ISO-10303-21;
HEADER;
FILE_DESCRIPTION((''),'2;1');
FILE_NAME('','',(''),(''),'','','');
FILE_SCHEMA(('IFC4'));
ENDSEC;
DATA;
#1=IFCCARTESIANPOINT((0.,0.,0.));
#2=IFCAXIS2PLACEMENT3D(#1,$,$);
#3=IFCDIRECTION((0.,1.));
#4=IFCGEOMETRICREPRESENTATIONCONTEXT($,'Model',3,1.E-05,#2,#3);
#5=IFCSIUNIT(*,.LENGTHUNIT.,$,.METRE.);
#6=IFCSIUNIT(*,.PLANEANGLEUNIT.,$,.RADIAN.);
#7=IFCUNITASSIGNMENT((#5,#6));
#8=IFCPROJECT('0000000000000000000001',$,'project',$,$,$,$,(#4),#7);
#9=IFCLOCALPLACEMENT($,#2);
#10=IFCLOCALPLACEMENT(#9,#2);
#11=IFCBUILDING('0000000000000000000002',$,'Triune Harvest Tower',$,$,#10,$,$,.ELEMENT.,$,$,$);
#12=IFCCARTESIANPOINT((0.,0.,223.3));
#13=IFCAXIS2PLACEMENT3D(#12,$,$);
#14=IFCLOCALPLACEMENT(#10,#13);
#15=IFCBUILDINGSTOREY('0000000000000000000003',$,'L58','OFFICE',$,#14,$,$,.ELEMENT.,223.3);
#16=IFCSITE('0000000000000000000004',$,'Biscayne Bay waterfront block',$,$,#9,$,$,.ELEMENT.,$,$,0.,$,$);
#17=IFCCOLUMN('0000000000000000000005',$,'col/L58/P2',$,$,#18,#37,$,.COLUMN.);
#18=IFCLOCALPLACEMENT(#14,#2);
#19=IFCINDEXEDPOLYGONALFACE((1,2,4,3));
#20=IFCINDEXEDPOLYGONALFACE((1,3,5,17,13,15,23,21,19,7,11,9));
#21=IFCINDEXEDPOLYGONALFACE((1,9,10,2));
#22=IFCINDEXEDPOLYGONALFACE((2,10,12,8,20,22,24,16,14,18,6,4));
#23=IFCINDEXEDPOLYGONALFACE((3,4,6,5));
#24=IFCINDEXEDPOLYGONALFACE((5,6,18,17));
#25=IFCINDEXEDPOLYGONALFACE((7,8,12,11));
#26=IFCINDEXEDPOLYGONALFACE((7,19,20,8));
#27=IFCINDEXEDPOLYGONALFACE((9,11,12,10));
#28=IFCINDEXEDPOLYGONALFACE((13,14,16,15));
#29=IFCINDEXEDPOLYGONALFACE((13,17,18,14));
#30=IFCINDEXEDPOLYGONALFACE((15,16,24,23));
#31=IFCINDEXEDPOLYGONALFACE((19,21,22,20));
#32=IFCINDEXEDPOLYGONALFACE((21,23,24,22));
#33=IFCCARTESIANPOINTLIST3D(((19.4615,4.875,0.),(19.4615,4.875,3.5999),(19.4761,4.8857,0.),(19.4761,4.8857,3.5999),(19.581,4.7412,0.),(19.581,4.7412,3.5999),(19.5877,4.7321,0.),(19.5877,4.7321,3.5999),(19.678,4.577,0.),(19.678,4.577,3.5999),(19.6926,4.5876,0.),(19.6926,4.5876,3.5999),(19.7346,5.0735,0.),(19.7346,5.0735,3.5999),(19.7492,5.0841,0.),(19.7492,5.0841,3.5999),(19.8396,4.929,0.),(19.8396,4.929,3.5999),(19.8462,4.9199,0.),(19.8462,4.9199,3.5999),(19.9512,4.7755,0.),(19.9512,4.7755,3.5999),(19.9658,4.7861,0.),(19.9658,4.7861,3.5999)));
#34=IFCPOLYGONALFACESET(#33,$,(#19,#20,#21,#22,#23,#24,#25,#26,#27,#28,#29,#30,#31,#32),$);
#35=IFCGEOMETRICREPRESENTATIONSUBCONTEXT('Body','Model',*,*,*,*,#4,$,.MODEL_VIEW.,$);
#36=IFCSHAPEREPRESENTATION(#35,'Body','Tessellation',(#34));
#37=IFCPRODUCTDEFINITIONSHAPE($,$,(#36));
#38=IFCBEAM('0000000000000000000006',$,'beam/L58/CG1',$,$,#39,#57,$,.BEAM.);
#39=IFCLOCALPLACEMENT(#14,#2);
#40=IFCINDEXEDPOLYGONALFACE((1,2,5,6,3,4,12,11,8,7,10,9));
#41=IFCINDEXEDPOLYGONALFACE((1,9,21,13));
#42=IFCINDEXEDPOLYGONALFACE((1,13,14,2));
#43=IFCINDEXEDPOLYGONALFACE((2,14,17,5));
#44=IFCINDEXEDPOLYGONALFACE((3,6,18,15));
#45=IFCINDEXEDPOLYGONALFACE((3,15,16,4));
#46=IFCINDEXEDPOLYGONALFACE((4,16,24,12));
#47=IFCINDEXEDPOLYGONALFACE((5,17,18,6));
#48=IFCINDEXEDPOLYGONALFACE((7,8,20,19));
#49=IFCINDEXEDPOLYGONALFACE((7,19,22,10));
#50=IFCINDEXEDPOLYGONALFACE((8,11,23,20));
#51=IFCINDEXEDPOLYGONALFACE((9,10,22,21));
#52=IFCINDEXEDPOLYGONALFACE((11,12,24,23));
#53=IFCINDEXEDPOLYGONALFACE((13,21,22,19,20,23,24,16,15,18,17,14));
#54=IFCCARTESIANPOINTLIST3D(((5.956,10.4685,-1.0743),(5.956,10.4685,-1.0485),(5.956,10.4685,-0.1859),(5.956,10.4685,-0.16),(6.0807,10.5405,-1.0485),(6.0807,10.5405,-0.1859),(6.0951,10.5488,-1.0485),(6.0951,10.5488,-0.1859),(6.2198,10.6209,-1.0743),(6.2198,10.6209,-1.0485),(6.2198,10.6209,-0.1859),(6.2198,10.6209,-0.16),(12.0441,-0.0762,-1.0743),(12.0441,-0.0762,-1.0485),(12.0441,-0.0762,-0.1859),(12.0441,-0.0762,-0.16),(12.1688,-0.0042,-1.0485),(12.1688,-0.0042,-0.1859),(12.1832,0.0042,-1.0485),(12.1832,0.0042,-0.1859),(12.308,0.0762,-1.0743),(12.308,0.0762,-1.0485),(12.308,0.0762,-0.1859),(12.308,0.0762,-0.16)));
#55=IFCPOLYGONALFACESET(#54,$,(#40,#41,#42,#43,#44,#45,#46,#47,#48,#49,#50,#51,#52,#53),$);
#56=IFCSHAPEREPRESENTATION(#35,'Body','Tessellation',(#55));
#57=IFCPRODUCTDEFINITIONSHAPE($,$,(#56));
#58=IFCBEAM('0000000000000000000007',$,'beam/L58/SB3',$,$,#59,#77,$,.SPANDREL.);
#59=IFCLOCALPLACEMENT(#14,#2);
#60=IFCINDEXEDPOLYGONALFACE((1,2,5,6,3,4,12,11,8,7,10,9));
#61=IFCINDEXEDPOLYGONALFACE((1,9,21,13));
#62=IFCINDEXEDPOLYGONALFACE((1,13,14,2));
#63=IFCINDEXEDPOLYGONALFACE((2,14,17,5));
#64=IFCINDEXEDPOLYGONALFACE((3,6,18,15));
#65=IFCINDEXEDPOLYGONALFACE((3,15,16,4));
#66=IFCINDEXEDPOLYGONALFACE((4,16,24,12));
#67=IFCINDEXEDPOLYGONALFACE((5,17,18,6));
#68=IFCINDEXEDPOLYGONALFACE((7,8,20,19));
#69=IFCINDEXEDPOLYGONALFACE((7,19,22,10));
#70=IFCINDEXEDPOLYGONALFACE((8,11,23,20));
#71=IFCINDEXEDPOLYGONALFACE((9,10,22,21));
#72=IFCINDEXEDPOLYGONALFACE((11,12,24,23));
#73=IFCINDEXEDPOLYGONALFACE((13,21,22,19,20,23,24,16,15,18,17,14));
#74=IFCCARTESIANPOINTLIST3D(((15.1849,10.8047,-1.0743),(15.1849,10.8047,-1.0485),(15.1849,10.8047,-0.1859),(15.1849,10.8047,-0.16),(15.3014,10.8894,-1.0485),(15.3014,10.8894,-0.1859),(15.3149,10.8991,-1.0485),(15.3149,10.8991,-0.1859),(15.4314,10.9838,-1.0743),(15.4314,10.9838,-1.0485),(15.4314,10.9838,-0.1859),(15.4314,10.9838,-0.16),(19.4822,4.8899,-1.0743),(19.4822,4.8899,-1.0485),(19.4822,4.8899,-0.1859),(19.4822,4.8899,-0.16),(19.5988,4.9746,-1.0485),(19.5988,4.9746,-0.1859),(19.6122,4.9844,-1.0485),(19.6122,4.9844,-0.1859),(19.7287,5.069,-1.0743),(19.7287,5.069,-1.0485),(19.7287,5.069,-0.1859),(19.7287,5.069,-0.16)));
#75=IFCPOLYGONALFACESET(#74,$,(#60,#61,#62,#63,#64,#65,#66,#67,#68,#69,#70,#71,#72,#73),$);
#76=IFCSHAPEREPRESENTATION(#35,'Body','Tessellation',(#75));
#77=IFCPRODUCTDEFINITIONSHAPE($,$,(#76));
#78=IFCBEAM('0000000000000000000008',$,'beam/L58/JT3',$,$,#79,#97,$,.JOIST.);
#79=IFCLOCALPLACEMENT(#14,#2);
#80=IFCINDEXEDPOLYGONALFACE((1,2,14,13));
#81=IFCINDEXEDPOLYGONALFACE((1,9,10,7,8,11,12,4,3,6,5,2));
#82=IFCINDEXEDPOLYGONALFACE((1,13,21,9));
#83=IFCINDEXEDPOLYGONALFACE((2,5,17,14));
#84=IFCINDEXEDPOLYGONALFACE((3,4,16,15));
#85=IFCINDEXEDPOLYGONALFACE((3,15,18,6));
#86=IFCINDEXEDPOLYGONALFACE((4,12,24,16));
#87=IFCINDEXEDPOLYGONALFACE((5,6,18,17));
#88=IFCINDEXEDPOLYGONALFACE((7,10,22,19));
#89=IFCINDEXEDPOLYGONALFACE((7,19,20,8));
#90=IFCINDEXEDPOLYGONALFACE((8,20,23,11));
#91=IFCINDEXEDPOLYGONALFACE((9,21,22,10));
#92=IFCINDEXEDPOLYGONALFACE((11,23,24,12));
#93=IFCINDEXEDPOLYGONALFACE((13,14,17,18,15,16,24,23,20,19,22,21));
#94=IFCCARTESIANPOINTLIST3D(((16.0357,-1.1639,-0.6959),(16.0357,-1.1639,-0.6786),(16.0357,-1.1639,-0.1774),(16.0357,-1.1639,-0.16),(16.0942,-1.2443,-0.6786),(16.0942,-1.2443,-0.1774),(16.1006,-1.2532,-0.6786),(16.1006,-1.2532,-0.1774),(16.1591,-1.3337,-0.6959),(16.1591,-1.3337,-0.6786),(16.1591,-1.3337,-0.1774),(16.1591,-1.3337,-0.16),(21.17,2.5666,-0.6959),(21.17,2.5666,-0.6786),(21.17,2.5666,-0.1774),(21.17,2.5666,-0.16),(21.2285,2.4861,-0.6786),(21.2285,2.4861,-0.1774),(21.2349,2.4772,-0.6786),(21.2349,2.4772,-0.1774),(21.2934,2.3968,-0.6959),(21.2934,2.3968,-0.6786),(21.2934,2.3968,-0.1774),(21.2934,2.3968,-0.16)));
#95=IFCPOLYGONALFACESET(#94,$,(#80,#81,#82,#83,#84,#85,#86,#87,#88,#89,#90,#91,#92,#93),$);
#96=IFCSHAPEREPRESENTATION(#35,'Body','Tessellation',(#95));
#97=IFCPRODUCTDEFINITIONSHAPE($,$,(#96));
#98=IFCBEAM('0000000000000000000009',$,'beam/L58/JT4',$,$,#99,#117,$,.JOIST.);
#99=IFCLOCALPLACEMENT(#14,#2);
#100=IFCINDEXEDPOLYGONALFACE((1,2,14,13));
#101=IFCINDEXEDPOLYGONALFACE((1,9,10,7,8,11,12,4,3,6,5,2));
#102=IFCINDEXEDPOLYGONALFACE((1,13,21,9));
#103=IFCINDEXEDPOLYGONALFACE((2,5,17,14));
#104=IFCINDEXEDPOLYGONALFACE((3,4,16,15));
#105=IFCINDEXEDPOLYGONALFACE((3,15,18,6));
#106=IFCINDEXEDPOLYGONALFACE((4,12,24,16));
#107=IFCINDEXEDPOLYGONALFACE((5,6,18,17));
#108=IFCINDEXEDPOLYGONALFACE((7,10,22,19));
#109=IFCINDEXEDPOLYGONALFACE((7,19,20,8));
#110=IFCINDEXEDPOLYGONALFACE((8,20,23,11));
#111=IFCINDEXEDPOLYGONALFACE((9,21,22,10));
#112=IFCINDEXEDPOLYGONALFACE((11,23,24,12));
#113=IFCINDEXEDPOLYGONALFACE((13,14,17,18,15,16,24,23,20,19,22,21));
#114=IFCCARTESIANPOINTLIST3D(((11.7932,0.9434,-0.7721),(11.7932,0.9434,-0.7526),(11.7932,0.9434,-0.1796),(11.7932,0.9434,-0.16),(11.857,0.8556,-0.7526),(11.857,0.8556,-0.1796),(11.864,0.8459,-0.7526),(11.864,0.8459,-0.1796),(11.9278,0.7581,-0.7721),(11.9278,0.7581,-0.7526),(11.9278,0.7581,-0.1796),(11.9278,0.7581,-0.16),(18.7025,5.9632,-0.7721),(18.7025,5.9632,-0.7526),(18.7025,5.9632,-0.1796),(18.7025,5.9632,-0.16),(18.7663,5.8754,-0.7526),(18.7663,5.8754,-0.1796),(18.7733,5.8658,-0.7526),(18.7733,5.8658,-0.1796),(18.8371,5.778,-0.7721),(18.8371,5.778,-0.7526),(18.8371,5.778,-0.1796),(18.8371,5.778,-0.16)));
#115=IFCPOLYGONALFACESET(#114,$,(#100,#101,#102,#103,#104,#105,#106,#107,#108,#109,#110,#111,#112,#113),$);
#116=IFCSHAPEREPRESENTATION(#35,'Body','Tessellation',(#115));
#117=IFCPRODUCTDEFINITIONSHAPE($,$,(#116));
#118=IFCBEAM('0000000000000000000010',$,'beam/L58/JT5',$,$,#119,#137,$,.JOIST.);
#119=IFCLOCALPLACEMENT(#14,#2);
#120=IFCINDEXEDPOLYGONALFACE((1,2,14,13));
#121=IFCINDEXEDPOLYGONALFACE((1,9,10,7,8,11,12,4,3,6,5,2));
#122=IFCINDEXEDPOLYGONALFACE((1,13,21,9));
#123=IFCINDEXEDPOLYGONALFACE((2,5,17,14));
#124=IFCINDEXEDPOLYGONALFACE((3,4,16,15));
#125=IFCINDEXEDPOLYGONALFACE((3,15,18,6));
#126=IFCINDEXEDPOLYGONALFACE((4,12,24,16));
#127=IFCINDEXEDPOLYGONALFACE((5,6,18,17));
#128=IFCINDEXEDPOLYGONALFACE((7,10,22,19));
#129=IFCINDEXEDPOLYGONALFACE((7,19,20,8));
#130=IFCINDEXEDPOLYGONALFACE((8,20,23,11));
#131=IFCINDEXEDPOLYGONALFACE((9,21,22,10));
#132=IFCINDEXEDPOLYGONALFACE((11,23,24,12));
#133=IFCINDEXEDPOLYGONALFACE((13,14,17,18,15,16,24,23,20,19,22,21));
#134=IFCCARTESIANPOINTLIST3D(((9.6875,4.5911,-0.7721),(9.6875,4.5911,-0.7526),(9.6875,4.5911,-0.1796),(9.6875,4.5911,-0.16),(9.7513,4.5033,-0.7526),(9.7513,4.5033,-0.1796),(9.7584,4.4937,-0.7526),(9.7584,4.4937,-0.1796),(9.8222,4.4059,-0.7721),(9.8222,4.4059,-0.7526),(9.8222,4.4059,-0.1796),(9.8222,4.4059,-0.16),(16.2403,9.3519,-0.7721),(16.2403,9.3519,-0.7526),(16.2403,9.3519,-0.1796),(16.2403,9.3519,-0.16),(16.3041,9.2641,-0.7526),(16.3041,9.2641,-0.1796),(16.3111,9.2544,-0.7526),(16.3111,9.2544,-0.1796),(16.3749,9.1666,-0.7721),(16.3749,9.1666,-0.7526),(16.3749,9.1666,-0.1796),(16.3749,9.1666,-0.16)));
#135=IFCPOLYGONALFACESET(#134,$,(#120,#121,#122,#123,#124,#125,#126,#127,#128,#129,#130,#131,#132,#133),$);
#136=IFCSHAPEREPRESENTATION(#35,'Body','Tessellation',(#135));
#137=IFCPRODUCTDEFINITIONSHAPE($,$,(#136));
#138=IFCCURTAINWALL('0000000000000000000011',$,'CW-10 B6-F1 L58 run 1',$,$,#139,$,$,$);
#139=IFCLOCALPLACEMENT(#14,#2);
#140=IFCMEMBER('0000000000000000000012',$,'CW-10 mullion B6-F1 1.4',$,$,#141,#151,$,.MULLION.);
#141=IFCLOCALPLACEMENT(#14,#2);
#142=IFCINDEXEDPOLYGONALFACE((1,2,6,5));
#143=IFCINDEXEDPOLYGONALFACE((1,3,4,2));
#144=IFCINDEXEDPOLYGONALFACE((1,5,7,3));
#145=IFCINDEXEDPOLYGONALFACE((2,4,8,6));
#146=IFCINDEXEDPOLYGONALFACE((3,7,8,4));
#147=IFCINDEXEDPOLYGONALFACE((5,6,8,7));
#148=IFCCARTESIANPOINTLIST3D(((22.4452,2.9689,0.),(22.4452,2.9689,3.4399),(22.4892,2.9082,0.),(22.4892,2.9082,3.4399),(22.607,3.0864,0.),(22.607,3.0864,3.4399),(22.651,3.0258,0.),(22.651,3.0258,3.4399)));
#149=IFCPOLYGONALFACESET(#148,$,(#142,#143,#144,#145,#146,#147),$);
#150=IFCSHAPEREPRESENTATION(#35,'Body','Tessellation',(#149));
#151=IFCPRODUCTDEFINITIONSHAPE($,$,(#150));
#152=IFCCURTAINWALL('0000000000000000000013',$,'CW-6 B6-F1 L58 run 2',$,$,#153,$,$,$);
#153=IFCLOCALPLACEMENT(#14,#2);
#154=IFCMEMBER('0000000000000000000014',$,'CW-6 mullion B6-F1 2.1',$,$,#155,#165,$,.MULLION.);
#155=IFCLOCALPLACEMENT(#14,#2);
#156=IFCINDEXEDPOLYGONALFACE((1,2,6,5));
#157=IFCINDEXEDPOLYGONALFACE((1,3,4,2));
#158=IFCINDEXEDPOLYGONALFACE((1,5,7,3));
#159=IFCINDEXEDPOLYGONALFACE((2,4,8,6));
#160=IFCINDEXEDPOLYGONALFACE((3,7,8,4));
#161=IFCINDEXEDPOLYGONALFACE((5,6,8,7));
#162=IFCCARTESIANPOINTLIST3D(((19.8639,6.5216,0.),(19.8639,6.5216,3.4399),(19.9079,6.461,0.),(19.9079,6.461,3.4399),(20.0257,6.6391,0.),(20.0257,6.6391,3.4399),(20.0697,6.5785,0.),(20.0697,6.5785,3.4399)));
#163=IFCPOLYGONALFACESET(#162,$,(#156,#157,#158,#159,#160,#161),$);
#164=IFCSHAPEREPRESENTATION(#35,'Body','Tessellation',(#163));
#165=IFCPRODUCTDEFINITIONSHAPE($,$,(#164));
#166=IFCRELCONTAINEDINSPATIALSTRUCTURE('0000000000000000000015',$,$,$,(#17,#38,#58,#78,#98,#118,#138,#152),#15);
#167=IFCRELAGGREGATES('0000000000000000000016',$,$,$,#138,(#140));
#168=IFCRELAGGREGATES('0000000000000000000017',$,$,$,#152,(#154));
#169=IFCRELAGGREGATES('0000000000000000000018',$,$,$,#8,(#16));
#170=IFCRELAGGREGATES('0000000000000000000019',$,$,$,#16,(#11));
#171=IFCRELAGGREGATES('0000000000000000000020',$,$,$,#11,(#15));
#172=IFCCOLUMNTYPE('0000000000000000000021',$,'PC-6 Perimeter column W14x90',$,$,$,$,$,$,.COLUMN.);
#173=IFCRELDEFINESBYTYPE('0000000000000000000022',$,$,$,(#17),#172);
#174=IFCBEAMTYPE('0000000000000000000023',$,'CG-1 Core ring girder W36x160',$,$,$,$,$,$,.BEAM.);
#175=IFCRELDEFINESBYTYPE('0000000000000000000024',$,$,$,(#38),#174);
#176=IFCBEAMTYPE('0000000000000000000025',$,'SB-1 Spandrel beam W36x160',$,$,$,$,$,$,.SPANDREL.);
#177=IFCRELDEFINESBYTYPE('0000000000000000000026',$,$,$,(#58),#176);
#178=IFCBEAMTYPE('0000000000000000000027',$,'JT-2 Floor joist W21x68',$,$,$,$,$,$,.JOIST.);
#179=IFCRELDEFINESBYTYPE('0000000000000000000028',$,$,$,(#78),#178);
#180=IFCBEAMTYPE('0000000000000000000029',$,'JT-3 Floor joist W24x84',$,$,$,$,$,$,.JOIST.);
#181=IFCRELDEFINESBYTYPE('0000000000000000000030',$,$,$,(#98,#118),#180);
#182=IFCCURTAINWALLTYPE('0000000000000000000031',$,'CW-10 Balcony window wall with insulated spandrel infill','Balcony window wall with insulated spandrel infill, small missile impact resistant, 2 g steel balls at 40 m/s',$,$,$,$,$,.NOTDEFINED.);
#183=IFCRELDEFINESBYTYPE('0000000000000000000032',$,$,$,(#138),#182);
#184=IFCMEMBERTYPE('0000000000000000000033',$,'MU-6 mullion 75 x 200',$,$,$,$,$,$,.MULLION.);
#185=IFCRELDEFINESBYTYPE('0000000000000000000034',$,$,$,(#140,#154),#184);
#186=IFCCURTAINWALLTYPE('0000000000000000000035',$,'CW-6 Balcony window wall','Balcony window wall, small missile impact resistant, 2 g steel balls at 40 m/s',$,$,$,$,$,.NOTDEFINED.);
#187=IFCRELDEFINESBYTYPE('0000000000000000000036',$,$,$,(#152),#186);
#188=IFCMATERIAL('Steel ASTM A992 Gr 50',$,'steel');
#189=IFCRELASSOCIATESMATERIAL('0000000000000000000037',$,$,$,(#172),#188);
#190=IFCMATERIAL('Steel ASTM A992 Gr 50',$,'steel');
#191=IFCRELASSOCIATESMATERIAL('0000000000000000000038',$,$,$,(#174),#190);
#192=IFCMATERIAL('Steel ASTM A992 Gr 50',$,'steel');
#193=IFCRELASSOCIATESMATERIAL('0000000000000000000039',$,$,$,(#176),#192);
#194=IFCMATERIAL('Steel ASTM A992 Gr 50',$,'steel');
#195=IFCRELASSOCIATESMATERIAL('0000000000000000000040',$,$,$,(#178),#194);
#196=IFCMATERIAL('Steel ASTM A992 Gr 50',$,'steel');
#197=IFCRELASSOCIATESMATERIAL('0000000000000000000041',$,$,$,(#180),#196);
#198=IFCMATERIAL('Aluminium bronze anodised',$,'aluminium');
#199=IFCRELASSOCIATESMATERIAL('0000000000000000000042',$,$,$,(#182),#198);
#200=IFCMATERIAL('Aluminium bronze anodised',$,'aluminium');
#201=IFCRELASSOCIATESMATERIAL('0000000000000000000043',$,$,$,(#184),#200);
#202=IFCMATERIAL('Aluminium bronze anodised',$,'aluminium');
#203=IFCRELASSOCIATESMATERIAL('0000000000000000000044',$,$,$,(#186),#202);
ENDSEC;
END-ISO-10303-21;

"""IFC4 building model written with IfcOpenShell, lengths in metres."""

from ifc_helpers import new_model, si_unit, direction, frame, origin, origin_2d, place, context, subcontext, project, spatial, rectangle, i_section, extrude, source, transform, mapped, material, material_profile, profile_set, type_object, element, aggregate, save


model = new_model("IFC4")

# Units and contexts
model_context = context("Model", 3, precision=1e-05, world=origin(), true_north=direction((0.0, 1.0)))
body_context = subcontext(model_context, "Body", "Model", "MODEL_VIEW")
ifc_project = project(units=[si_unit("LENGTHUNIT", "METRE"), si_unit("PLANEANGLEUNIT", "RADIAN")], contexts=[model_context])

# Site, building, storey
site_placement = place(None, origin())
site = spatial("IfcSite", under=ifc_project, at=site_placement, Name="Biscayne Bay waterfront block", CompositionType="ELEMENT", RefElevation=0.0)
building_placement = place(site_placement, origin())
building = spatial("IfcBuilding", under=site, at=building_placement, Name="Triune Harvest Tower", CompositionType="ELEMENT")
storey_placement = place(building_placement, frame((0.0, 0.0, 223.3)))
storey = spatial("IfcBuildingStorey", under=building, at=storey_placement, Name="L58", Description="OFFICE", CompositionType="ELEMENT", Elevation=223.3)

# Column
ifc_material_1 = material(Name="Steel ASTM A992 Gr 50", Category="steel")
ifc_material_profile_1 = material_profile(ifc_material_1, i_section(OverallWidth=0.3684, OverallDepth=0.3557, WebThickness=0.0112, FlangeThickness=0.0181, at=origin_2d()), Name="W14x90")
ifc_profile_set_1 = profile_set([ifc_material_profile_1], Name="Steel ASTM A992 Gr 50")
column_type = type_object("IfcColumnType", Name="PC-6 Perimeter column W14x90", PredefinedType="COLUMN", material=ifc_profile_set_1)
shared_shape_1 = source(origin(), body_context, "Body", "SweptSolid", [
    extrude(i_section(OverallWidth=0.3684, OverallDepth=0.3557, WebThickness=0.0112, FlangeThickness=0.0181, at=origin_2d()), origin(), (0.0, 0.0, 1.0), 3.5999),
])
column_placement = place(storey_placement, frame((19.7136, 4.8306, 0.0), z_axis=(0.0, 0.0, 1.0), x_axis=(-0.587785, 0.809017, 0.0)))
element("IfcColumn", 1, at=column_placement, inside=storey, type_object=column_type, Name="col/L58/P2", PredefinedType="COLUMN", context=body_context, shape_type="MappedRepresentation", body=[
    mapped(shared_shape_1, transform((0.0, 0.0, 0.0), scale=1.0)),
])

# Beams
ifc_material_2 = material(Name="Steel ASTM A992 Gr 50", Category="steel")
ifc_material_profile_2 = material_profile(ifc_material_2, i_section(OverallWidth=0.3047, OverallDepth=0.9143, WebThickness=0.0166, FlangeThickness=0.0259, at=origin_2d()), Name="W36x160")
ifc_profile_set_2 = profile_set([ifc_material_profile_2], Name="Steel ASTM A992 Gr 50")
beam_type_1 = type_object("IfcBeamType", Name="CG-1 Core ring girder W36x160", PredefinedType="BEAM", material=ifc_profile_set_2)
shared_shape_2 = source(origin(), body_context, "Body", "SweptSolid", [
    extrude(i_section(OverallWidth=0.3047, OverallDepth=0.9143, WebThickness=0.0166, FlangeThickness=0.0259, at=origin_2d()), origin(), (0.0, 0.0, 1.0), 12.176),
])
beam_1_placement = place(storey_placement, frame((12.176, 0.0, -0.6172), z_axis=(-0.50001, 0.86602, 0.0), x_axis=(-0.86602, -0.50001, 0.0)))
element("IfcBeam", 2, at=beam_1_placement, inside=storey, type_object=beam_type_1, Name="beam/L58/CG1", PredefinedType="BEAM", context=body_context, shape_type="MappedRepresentation", body=[
    mapped(shared_shape_2, transform((0.0, 0.0, 0.0), scale=1.0)),
])
ifc_material_3 = material(Name="Steel ASTM A992 Gr 50", Category="steel")
ifc_material_profile_3 = material_profile(ifc_material_3, i_section(OverallWidth=0.3047, OverallDepth=0.9143, WebThickness=0.0166, FlangeThickness=0.0259, at=origin_2d()), Name="W36x160")
ifc_profile_set_3 = profile_set([ifc_material_profile_3], Name="Steel ASTM A992 Gr 50")
beam_type_2 = type_object("IfcBeamType", Name="SB-1 Spandrel beam W36x160", PredefinedType="SPANDREL", material=ifc_profile_set_3)
shared_shape_3 = source(origin(), body_context, "Body", "SweptSolid", [
    extrude(i_section(OverallWidth=0.3047, OverallDepth=0.9143, WebThickness=0.0166, FlangeThickness=0.0259, at=origin_2d()), origin(), (0.0, 0.0, 1.0), 7.311),
])
beam_2_placement = place(storey_placement, frame((19.6055, 4.9795, -0.6172), z_axis=(-0.587786, 0.809016, 0.0), x_axis=(-0.809016, -0.587786, 0.0)))
element("IfcBeam", 3, at=beam_2_placement, inside=storey, type_object=beam_type_2, Name="beam/L58/SB3", PredefinedType="SPANDREL", context=body_context, shape_type="MappedRepresentation", body=[
    mapped(shared_shape_3, transform((0.0, 0.0, 0.0), scale=1.0)),
])
ifc_material_4 = material(Name="Steel ASTM A992 Gr 50", Category="steel")
ifc_material_profile_4 = material_profile(ifc_material_4, i_section(OverallWidth=0.21, OverallDepth=0.5359, WebThickness=0.011, FlangeThickness=0.0173, at=origin_2d()), Name="W21x68")
ifc_profile_set_4 = profile_set([ifc_material_profile_4], Name="Steel ASTM A992 Gr 50")
beam_type_3 = type_object("IfcBeamType", Name="JT-2 Floor joist W21x68", PredefinedType="JOIST", material=ifc_profile_set_4)
shared_shape_4 = source(origin(), body_context, "Body", "SweptSolid", [
    extrude(i_section(OverallWidth=0.21, OverallDepth=0.5359, WebThickness=0.011, FlangeThickness=0.0173, at=origin_2d()), origin(), (0.0, 0.0, 1.0), 6.3464),
])
beam_3_placement = place(storey_placement, frame((21.2317, 2.4817, -0.428), z_axis=(-0.809002, -0.587806, 0.0), x_axis=(0.587806, -0.809002, 0.0)))
element("IfcBeam", 4, at=beam_3_placement, inside=storey, type_object=beam_type_3, Name="beam/L58/JT3", PredefinedType="JOIST", context=body_context, shape_type="MappedRepresentation", body=[
    mapped(shared_shape_4, transform((0.0, 0.0, 0.0), scale=1.0)),
])
ifc_material_5 = material(Name="Steel ASTM A992 Gr 50", Category="steel")
ifc_material_profile_5 = material_profile(ifc_material_5, i_section(OverallWidth=0.229, OverallDepth=0.6121, WebThickness=0.012, FlangeThickness=0.0195, at=origin_2d()), Name="W24x84")
ifc_profile_set_5 = profile_set([ifc_material_profile_5], Name="Steel ASTM A992 Gr 50")
beam_type_4 = type_object("IfcBeamType", Name="JT-3 Floor joist W24x84", PredefinedType="JOIST", material=ifc_profile_set_5)
shared_shape_5 = source(origin(), body_context, "Body", "SweptSolid", [
    extrude(i_section(OverallWidth=0.229, OverallDepth=0.6121, WebThickness=0.012, FlangeThickness=0.0195, at=origin_2d()), origin(), (0.0, 0.0, 1.0), 8.5403),
])
beam_4_placement = place(storey_placement, frame((18.7698, 5.8706, -0.4661), z_axis=(-0.809019, -0.587782, 0.0), x_axis=(0.587782, -0.809019, 0.0)))
element("IfcBeam", 5, at=beam_4_placement, inside=storey, type_object=beam_type_4, Name="beam/L58/JT4", PredefinedType="JOIST", context=body_context, shape_type="MappedRepresentation", body=[
    mapped(shared_shape_5, transform((0.0, 0.0, 0.0), scale=1.0)),
])
shared_shape_6 = source(origin(), body_context, "Body", "SweptSolid", [
    extrude(i_section(OverallWidth=0.229, OverallDepth=0.6121, WebThickness=0.012, FlangeThickness=0.0195, at=origin_2d()), origin(), (0.0, 0.0, 1.0), 8.0996),
])
beam_5_placement = place(storey_placement, frame((16.3076, 9.2593, -0.4661), z_axis=(-0.809023, -0.587777, 0.0), x_axis=(0.587777, -0.809023, 0.0)))
element("IfcBeam", 6, at=beam_5_placement, inside=storey, type_object=beam_type_4, Name="beam/L58/JT5", PredefinedType="JOIST", context=body_context, shape_type="MappedRepresentation", body=[
    mapped(shared_shape_6, transform((0.0, 0.0, 0.0), scale=1.0)),
])

# Curtain walls, members
ifc_material_6 = material(Name="Aluminium bronze anodised", Category="aluminium")
curtain_wall_type_1 = type_object("IfcCurtainWallType", Name="CW-10 Balcony window wall with insulated spandrel infill", Description="Balcony window wall with insulated spandrel infill, small missile impact resistant, 2 g steel balls at 40 m/s", PredefinedType="NOTDEFINED", material=ifc_material_6)
curtain_wall_1_placement = place(storey_placement, origin())
curtain_wall_1 = element("IfcCurtainWall", 7, at=curtain_wall_1_placement, inside=storey, type_object=curtain_wall_type_1, Name="CW-10 B6-F1 L58 run 1")
ifc_material_7 = material(Name="Aluminium bronze anodised", Category="aluminium")
ifc_material_profile_6 = material_profile(ifc_material_7, rectangle(XDim=0.2, YDim=0.075, at=origin_2d()), Name="MU-6 mullion 75 x 200")
ifc_profile_set_6 = profile_set([ifc_material_profile_6], Name="Aluminium bronze anodised")
member_type_1 = type_object("IfcMemberType", Name="MU-6 mullion 75 x 200", PredefinedType="MULLION", material=ifc_profile_set_6)
shared_shape_7 = source(origin(), body_context, "Body", "SweptSolid", [
    extrude(rectangle(XDim=0.2, YDim=0.075, at=origin_2d()), origin(), (0.0, 0.0, 1.0), 3.4399),
])
member_1_placement = place(storey_placement, frame((22.5481, 2.9973, 0.0), z_axis=(0.0, 0.0, 1.0), x_axis=(-0.809017, -0.587786, 0.0)))
member_1 = element("IfcMember", 8, at=member_1_placement, type_object=member_type_1, Name="CW-10 mullion B6-F1 1.4", PredefinedType="MULLION", context=body_context, shape_type="MappedRepresentation", body=[
    mapped(shared_shape_7, transform((0.0, 0.0, 0.0), scale=1.0)),
])
ifc_material_8 = material(Name="Aluminium bronze anodised", Category="aluminium")
curtain_wall_type_2 = type_object("IfcCurtainWallType", Name="CW-6 Balcony window wall", Description="Balcony window wall, small missile impact resistant, 2 g steel balls at 40 m/s", PredefinedType="NOTDEFINED", material=ifc_material_8)
curtain_wall_2_placement = place(storey_placement, origin())
curtain_wall_2 = element("IfcCurtainWall", 9, at=curtain_wall_2_placement, inside=storey, type_object=curtain_wall_type_2, Name="CW-6 B6-F1 L58 run 2")
member_2_placement = place(storey_placement, frame((19.9668, 6.55, 0.0), z_axis=(0.0, 0.0, 1.0), x_axis=(-0.809017, -0.587786, 0.0)))
member_2 = element("IfcMember", 10, at=member_2_placement, type_object=member_type_1, Name="CW-6 mullion B6-F1 2.1", PredefinedType="MULLION", context=body_context, shape_type="MappedRepresentation", body=[
    mapped(shared_shape_7, transform((0.0, 0.0, 0.0), scale=1.0)),
])

aggregate(curtain_wall_1, [member_1])
aggregate(curtain_wall_2, [member_2])

save(model, "model.ifc")
